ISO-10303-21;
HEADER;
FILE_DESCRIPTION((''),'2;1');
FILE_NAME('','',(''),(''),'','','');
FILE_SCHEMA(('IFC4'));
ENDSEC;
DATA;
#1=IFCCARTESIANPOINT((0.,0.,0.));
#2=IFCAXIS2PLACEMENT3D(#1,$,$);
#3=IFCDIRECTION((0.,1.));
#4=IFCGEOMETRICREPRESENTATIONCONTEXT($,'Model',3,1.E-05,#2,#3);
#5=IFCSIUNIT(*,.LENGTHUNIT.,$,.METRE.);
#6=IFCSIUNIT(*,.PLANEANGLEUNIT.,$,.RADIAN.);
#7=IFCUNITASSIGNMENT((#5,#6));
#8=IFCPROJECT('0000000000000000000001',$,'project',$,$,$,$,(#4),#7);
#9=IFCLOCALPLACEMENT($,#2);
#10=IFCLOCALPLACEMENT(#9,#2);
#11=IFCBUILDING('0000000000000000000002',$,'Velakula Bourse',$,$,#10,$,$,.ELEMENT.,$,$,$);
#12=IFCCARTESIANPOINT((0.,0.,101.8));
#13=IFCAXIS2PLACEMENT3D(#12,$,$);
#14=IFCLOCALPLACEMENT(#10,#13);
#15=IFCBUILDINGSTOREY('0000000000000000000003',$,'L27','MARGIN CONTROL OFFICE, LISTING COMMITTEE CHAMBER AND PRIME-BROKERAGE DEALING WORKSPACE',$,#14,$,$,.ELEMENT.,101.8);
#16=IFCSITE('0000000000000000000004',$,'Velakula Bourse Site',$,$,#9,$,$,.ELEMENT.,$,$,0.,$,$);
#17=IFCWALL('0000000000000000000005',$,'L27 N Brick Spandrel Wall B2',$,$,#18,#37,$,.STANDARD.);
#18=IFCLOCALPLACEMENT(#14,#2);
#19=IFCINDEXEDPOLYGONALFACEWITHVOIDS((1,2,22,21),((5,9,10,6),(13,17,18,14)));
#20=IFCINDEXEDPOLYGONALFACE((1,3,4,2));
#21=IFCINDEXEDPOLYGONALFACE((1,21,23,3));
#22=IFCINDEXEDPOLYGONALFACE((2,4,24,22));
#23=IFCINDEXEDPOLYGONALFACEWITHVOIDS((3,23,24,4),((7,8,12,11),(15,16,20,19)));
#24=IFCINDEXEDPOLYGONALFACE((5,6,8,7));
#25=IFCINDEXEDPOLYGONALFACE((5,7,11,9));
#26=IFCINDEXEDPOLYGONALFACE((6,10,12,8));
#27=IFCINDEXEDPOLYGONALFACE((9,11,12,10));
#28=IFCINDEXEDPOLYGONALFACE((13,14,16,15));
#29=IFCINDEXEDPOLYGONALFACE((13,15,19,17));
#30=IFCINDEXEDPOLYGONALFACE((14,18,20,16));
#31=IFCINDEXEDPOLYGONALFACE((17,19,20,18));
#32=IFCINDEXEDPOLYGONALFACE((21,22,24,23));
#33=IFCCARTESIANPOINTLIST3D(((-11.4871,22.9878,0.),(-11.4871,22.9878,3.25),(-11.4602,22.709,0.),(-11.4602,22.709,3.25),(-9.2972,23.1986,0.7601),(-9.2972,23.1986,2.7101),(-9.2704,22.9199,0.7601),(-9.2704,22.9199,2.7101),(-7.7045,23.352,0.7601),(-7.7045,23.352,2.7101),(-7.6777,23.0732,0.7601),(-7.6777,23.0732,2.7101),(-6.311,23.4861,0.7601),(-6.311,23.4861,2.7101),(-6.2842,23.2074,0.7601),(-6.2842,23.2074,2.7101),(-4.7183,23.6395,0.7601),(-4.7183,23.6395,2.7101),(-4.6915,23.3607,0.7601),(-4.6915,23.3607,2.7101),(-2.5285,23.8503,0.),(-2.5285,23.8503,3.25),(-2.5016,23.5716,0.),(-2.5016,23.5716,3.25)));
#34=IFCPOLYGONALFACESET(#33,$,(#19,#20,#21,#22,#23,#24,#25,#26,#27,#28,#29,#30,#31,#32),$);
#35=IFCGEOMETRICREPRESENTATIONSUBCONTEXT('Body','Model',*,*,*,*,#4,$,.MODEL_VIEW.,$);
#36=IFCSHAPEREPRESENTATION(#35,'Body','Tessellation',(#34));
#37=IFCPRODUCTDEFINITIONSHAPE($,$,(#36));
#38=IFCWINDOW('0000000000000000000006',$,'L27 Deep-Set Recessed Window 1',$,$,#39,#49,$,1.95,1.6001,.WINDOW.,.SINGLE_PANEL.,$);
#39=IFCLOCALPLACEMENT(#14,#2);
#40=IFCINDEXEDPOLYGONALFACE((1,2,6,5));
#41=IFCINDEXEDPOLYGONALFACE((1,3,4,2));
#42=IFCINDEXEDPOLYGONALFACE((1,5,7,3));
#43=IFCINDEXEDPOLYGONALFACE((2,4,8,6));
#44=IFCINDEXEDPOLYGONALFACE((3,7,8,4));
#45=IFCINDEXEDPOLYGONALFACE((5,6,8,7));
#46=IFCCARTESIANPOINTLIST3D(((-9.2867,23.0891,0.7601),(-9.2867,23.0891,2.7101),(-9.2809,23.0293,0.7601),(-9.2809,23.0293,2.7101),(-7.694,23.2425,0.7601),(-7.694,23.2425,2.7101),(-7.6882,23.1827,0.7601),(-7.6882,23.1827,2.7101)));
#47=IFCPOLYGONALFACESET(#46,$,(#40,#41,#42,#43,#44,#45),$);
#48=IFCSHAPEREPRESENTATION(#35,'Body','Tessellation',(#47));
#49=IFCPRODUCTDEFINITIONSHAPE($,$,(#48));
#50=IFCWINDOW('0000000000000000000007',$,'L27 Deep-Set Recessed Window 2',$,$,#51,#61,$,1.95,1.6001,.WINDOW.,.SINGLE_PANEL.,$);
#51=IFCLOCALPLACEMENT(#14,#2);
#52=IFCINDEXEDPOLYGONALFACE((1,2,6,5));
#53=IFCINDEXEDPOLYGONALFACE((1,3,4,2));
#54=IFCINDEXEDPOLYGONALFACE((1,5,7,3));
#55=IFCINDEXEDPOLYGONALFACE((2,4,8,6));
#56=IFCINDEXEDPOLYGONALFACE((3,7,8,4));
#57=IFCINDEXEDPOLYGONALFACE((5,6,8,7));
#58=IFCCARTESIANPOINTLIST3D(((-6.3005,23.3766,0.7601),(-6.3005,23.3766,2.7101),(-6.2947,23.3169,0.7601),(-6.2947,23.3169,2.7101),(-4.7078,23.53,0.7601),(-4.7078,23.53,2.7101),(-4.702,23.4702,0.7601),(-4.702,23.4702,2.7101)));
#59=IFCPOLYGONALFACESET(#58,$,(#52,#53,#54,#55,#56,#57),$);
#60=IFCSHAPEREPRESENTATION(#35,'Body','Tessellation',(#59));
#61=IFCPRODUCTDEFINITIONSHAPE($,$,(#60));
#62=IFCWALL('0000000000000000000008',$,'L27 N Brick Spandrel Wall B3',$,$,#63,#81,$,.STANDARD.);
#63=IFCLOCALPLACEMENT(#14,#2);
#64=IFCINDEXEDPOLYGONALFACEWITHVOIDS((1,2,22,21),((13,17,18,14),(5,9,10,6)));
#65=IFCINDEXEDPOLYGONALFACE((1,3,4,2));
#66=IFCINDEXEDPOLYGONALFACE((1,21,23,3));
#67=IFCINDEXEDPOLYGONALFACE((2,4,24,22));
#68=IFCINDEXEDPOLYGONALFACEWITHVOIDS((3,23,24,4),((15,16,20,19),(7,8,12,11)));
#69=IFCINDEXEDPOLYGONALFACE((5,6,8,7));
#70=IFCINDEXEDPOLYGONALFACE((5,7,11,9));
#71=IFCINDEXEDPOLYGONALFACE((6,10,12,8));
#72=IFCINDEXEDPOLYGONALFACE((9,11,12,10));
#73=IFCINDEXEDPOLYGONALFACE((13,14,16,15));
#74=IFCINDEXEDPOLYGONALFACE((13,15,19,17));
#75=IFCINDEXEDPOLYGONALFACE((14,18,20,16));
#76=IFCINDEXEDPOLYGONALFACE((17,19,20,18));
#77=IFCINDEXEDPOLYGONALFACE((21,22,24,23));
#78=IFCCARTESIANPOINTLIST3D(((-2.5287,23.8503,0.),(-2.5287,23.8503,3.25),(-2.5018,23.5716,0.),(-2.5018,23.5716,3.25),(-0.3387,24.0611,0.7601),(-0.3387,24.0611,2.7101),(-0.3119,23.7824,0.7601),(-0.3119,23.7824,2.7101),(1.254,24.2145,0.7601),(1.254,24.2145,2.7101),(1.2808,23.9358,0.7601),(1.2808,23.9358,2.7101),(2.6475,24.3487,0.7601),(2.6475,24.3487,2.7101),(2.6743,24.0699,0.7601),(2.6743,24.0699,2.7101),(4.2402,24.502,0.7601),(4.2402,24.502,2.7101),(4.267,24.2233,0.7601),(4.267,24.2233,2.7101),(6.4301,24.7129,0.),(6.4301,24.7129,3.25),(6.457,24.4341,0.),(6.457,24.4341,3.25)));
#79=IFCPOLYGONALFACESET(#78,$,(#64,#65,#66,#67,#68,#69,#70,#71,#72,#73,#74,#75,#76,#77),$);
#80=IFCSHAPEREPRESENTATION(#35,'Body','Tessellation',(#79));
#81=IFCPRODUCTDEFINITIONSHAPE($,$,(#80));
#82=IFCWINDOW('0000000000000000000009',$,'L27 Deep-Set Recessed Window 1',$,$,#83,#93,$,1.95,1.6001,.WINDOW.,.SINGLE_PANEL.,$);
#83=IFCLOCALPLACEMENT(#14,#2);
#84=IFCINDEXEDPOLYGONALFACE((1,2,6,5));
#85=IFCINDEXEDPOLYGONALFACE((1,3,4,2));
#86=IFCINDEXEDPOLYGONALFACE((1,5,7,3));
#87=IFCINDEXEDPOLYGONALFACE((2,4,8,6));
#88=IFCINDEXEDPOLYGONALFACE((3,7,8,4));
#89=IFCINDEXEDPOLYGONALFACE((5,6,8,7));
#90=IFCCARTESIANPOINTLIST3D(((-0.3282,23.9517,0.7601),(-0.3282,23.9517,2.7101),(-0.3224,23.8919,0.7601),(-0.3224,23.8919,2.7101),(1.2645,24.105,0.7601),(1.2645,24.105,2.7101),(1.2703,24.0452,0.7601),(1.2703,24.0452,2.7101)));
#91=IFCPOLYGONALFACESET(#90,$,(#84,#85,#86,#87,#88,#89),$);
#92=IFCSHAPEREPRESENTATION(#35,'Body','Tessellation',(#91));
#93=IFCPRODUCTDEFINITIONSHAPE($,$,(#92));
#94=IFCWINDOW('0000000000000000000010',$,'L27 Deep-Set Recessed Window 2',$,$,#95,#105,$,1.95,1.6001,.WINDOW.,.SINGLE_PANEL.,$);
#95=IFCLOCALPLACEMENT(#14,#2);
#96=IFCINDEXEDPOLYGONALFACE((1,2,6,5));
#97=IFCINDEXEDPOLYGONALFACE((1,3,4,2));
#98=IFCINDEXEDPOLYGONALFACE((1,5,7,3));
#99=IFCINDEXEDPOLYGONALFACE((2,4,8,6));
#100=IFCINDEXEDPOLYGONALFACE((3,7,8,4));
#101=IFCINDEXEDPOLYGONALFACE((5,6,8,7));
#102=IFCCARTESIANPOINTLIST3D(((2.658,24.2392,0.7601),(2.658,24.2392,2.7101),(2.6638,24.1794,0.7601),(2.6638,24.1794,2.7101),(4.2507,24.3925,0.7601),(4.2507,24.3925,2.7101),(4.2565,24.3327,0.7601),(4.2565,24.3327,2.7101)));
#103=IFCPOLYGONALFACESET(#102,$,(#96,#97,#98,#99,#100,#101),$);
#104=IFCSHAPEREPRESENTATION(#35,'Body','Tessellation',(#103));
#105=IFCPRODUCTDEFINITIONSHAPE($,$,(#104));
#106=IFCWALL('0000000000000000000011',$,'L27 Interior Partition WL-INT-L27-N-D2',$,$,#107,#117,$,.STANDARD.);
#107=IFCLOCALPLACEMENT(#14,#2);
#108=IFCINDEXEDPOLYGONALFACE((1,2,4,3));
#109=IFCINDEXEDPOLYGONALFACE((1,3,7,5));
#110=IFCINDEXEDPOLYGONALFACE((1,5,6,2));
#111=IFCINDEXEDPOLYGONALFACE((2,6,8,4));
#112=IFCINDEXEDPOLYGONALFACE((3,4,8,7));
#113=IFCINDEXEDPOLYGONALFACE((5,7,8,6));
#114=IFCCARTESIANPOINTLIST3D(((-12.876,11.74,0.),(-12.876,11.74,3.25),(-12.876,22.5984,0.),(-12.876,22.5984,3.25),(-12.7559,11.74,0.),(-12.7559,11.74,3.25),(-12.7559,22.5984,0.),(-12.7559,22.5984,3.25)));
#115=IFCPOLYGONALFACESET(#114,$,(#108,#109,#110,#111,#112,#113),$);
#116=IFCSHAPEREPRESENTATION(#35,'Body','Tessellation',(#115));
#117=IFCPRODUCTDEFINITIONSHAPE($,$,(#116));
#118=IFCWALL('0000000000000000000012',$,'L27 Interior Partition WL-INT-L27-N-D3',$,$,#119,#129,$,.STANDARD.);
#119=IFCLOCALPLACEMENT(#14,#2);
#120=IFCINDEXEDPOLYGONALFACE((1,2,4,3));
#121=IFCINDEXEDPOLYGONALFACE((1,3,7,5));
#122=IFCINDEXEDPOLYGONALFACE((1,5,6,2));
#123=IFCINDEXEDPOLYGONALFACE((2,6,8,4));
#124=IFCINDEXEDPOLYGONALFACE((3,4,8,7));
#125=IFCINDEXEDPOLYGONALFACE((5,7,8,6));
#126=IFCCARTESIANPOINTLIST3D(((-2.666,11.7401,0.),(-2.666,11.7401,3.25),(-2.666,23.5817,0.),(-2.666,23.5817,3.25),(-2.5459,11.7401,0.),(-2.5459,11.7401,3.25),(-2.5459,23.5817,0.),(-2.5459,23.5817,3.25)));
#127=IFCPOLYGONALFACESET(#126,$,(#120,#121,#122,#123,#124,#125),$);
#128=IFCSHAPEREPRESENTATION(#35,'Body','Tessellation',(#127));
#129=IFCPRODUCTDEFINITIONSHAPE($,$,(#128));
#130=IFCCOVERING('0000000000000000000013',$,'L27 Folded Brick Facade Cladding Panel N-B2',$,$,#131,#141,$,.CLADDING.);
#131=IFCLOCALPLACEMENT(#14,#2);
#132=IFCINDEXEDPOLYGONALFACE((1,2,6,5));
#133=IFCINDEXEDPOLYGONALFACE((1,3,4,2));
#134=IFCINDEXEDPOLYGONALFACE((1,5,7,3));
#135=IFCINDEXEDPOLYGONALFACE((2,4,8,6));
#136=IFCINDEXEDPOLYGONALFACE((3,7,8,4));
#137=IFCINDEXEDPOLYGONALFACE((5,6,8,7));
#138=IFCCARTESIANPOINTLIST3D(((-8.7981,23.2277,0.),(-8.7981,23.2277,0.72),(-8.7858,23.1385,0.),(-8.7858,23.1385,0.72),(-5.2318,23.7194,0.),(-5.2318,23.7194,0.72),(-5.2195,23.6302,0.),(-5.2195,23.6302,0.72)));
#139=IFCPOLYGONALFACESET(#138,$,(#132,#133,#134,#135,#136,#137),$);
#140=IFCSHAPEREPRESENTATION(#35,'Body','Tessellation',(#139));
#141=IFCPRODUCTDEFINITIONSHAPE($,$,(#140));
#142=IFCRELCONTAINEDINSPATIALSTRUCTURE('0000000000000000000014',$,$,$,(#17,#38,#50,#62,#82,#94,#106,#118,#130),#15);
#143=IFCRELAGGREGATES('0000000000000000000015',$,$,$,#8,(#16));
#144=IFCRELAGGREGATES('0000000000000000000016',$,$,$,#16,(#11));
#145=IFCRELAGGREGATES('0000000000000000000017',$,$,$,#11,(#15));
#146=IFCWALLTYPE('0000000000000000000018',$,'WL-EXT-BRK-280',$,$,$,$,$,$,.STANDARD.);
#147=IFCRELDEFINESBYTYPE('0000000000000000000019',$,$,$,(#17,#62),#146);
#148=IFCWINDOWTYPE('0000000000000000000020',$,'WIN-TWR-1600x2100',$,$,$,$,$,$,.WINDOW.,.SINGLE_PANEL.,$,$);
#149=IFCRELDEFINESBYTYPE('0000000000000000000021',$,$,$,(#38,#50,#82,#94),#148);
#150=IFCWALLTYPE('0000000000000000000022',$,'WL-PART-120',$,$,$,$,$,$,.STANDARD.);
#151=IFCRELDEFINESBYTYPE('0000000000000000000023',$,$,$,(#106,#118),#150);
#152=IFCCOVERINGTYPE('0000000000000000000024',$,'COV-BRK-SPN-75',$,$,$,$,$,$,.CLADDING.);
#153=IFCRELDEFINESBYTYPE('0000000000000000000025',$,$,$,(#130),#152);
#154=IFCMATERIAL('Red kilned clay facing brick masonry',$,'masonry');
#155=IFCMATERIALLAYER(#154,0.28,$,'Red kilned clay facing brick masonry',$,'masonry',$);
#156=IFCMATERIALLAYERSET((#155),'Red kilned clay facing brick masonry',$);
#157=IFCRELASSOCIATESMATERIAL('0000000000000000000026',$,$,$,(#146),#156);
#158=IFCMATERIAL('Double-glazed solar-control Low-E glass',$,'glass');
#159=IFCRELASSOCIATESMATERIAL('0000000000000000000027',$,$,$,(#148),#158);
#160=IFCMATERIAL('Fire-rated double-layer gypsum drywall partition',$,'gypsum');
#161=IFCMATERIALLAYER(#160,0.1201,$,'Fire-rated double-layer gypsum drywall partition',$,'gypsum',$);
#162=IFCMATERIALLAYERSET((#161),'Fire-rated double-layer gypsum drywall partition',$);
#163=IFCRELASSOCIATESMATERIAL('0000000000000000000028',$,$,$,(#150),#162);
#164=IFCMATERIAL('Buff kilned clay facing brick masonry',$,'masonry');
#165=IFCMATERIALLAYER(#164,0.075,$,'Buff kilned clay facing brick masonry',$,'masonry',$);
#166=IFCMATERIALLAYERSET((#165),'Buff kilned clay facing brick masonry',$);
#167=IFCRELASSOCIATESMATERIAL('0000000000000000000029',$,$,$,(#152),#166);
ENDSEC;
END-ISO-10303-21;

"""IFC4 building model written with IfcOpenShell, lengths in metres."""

from ifc_helpers import new_model, si_unit, direction, frame, frame_2d, origin, origin_2d, place, context, subcontext, project, spatial, rectangle, extrude, material, layer, layer_set, type_object, element, fill, save


model = new_model("IFC4")

# Units and contexts
model_context = context("Model", 3, precision=1e-05, world=origin(), true_north=direction((0.0, 1.0)))
body_context = subcontext(model_context, "Body", "Model", "MODEL_VIEW")
ifc_project = project(units=[si_unit("LENGTHUNIT", "METRE"), si_unit("PLANEANGLEUNIT", "RADIAN")], contexts=[model_context])

# Site, building, storey
site_placement = place(None, origin())
site = spatial("IfcSite", under=ifc_project, at=site_placement, Name="Velakula Bourse Site", CompositionType="ELEMENT", RefElevation=0.0)
building_placement = place(site_placement, origin())
building = spatial("IfcBuilding", under=site, at=building_placement, Name="Velakula Bourse", CompositionType="ELEMENT")
storey_placement = place(building_placement, frame((0.0, 0.0, 101.8)))
storey = spatial("IfcBuildingStorey", under=building, at=storey_placement, Name="L27", Description="MARGIN CONTROL OFFICE, LISTING COMMITTEE CHAMBER AND PRIME-BROKERAGE DEALING WORKSPACE", CompositionType="ELEMENT", Elevation=101.8)

# Walls, openings, windows
ifc_material_1 = material(Name="Red kilned clay facing brick masonry", Category="masonry")
ifc_layer_1 = layer(ifc_material_1, 0.28, Name="Red kilned clay facing brick masonry", Category="masonry")
ifc_layer_set_1 = layer_set([ifc_layer_1], Name="Red kilned clay facing brick masonry")
wall_type_1 = type_object("IfcWallType", Name="WL-EXT-BRK-280", PredefinedType="STANDARD", material=ifc_layer_set_1)
wall_1_placement = place(storey_placement, frame((-11.4736, 22.8484, 0.0), z_axis=(0.0, 0.0, 1.0), x_axis=(0.995397, 0.09584, 0.0)))
wall_1 = element("IfcWall", 1, at=wall_1_placement, inside=storey, type_object=wall_type_1, Name="L27 N Brick Spandrel Wall B2", PredefinedType="STANDARD", context=body_context, shape_type="SweptSolid", body=[
    extrude(rectangle(XDim=9.0, YDim=0.28, at=frame_2d((4.5, 0.0))), origin(), (0.0, 0.0, 1.0), 3.25),
])
opening_1_placement = place(wall_1_placement, frame((2.2, 0.0, 0.76)))
opening_1 = element("IfcOpeningElement", 2, at=opening_1_placement, cuts=wall_1, PredefinedType="OPENING", context=body_context, shape_type="SweptSolid", body=[
    extrude(rectangle(XDim=1.6001, YDim=1.95, at=frame_2d((0.8, 0.9751))), frame((0.0, 0.1499, 0.0), z_axis=(0.0, -1.0, 0.0), x_axis=(1.0, 0.0, 0.0)), (0.0, 0.0, 1.0), 0.3),
])
opening_2_placement = place(wall_1_placement, frame((5.2, 0.0, 0.76)))
opening_2 = element("IfcOpeningElement", 3, at=opening_2_placement, cuts=wall_1, PredefinedType="OPENING", context=body_context, shape_type="SweptSolid", body=[
    extrude(rectangle(XDim=1.6001, YDim=1.95, at=frame_2d((0.8, 0.9751))), frame((0.0, 0.1499, 0.0), z_axis=(0.0, -1.0, 0.0), x_axis=(1.0, 0.0, 0.0)), (0.0, 0.0, 1.0), 0.3),
])
ifc_material_2 = material(Name="Double-glazed solar-control Low-E glass", Category="glass")
window_type = type_object("IfcWindowType", Name="WIN-TWR-1600x2100", PartitioningType="SINGLE_PANEL", PredefinedType="WINDOW", material=ifc_material_2)
window_1_placement = place(opening_1_placement, origin())
window_1 = element("IfcWindow", 4, at=window_1_placement, inside=storey, type_object=window_type, Name="L27 Deep-Set Recessed Window 1", OverallHeight=1.95, OverallWidth=1.6001, PartitioningType="SINGLE_PANEL", PredefinedType="WINDOW", context=body_context, shape_type="SweptSolid", body=[
    extrude(rectangle(XDim=1.6001, YDim=1.95, at=frame_2d((0.8, 0.9751))), frame((0.0, 0.03, 0.0), z_axis=(0.0, -1.0, 0.0), x_axis=(1.0, 0.0, 0.0)), (0.0, 0.0, 1.0), 0.0601),
])
fill(opening_1, window_1)
window_2_placement = place(opening_2_placement, origin())
window_2 = element("IfcWindow", 5, at=window_2_placement, inside=storey, type_object=window_type, Name="L27 Deep-Set Recessed Window 2", OverallHeight=1.95, OverallWidth=1.6001, PartitioningType="SINGLE_PANEL", PredefinedType="WINDOW", context=body_context, shape_type="SweptSolid", body=[
    extrude(rectangle(XDim=1.6001, YDim=1.95, at=frame_2d((0.8, 0.9751))), frame((0.0, 0.03, 0.0), z_axis=(0.0, -1.0, 0.0), x_axis=(1.0, 0.0, 0.0)), (0.0, 0.0, 1.0), 0.0601),
])
fill(opening_2, window_2)
wall_2_placement = place(storey_placement, frame((-2.5151, 23.7109, 0.0), z_axis=(0.0, 0.0, 1.0), x_axis=(0.995397, 0.095837, 0.0)))
wall_2 = element("IfcWall", 6, at=wall_2_placement, inside=storey, type_object=wall_type_1, Name="L27 N Brick Spandrel Wall B3", PredefinedType="STANDARD", context=body_context, shape_type="SweptSolid", body=[
    extrude(rectangle(XDim=9.0002, YDim=0.28, at=frame_2d((4.5, 0.0))), origin(), (0.0, 0.0, 1.0), 3.25),
])
opening_3_placement = place(wall_2_placement, frame((2.2, 0.0, 0.76)))
opening_3 = element("IfcOpeningElement", 7, at=opening_3_placement, cuts=wall_2, PredefinedType="OPENING", context=body_context, shape_type="SweptSolid", body=[
    extrude(rectangle(XDim=1.6001, YDim=1.95, at=frame_2d((0.8, 0.9751))), frame((0.0, 0.1499, 0.0), z_axis=(0.0, -1.0, 0.0), x_axis=(1.0, 0.0, 0.0)), (0.0, 0.0, 1.0), 0.3),
])
opening_4_placement = place(wall_2_placement, frame((5.2, 0.0, 0.76)))
opening_4 = element("IfcOpeningElement", 8, at=opening_4_placement, cuts=wall_2, PredefinedType="OPENING", context=body_context, shape_type="SweptSolid", body=[
    extrude(rectangle(XDim=1.6001, YDim=1.95, at=frame_2d((0.8, 0.9751))), frame((0.0, 0.1499, 0.0), z_axis=(0.0, -1.0, 0.0), x_axis=(1.0, 0.0, 0.0)), (0.0, 0.0, 1.0), 0.3),
])
window_3_placement = place(opening_3_placement, origin())
window_3 = element("IfcWindow", 9, at=window_3_placement, inside=storey, type_object=window_type, Name="L27 Deep-Set Recessed Window 1", OverallHeight=1.95, OverallWidth=1.6001, PartitioningType="SINGLE_PANEL", PredefinedType="WINDOW", context=body_context, shape_type="SweptSolid", body=[
    extrude(rectangle(XDim=1.6001, YDim=1.95, at=frame_2d((0.8, 0.9751))), frame((0.0, 0.03, 0.0), z_axis=(0.0, -1.0, 0.0), x_axis=(1.0, 0.0, 0.0)), (0.0, 0.0, 1.0), 0.0601),
])
fill(opening_3, window_3)
window_4_placement = place(opening_4_placement, origin())
window_4 = element("IfcWindow", 10, at=window_4_placement, inside=storey, type_object=window_type, Name="L27 Deep-Set Recessed Window 2", OverallHeight=1.95, OverallWidth=1.6001, PartitioningType="SINGLE_PANEL", PredefinedType="WINDOW", context=body_context, shape_type="SweptSolid", body=[
    extrude(rectangle(XDim=1.6001, YDim=1.95, at=frame_2d((0.8, 0.9751))), frame((0.0, 0.03, 0.0), z_axis=(0.0, -1.0, 0.0), x_axis=(1.0, 0.0, 0.0)), (0.0, 0.0, 1.0), 0.0601),
])
fill(opening_4, window_4)

# Walls
ifc_material_3 = material(Name="Fire-rated double-layer gypsum drywall partition", Category="gypsum")
ifc_layer_2 = layer(ifc_material_3, 0.1201, Name="Fire-rated double-layer gypsum drywall partition", Category="gypsum")
ifc_layer_set_2 = layer_set([ifc_layer_2], Name="Fire-rated double-layer gypsum drywall partition")
wall_type_2 = type_object("IfcWallType", Name="WL-PART-120", PredefinedType="STANDARD", material=ifc_layer_set_2)
wall_3_placement = place(storey_placement, frame((-12.8159, 11.74, 0.0), z_axis=(0.0, 0.0, 1.0), x_axis=(0.0, 1.0, 0.0)))
element("IfcWall", 11, at=wall_3_placement, inside=storey, type_object=wall_type_2, Name="L27 Interior Partition WL-INT-L27-N-D2", PredefinedType="STANDARD", context=body_context, shape_type="SweptSolid", body=[
    extrude(rectangle(XDim=10.8584, YDim=0.1201, at=frame_2d((5.4292, 0.0))), origin(), (0.0, 0.0, 1.0), 3.25),
])
wall_4_placement = place(storey_placement, frame((-2.606, 11.74, 0.0), z_axis=(0.0, 0.0, 1.0), x_axis=(0.0, 1.0, 0.0)))
element("IfcWall", 12, at=wall_4_placement, inside=storey, type_object=wall_type_2, Name="L27 Interior Partition WL-INT-L27-N-D3", PredefinedType="STANDARD", context=body_context, shape_type="SweptSolid", body=[
    extrude(rectangle(XDim=11.8416, YDim=0.1201, at=frame_2d((5.9209, 0.0))), origin(), (0.0, 0.0, 1.0), 3.25),
])

# Covering
ifc_material_4 = material(Name="Buff kilned clay facing brick masonry", Category="masonry")
ifc_layer_3 = layer(ifc_material_4, 0.075, Name="Buff kilned clay facing brick masonry", Category="masonry")
ifc_layer_set_3 = layer_set([ifc_layer_3], Name="Buff kilned clay facing brick masonry")
covering_type = type_object("IfcCoveringType", Name="COV-BRK-SPN-75", PredefinedType="CLADDING", material=ifc_layer_set_3)
covering_placement = place(storey_placement, frame((-7.0088, 23.429, 0.0), z_axis=(0.0, 0.0, 1.0), x_axis=(0.990629, 0.13658, 0.0)))
element("IfcCovering", 13, at=covering_placement, inside=storey, type_object=covering_type, Name="L27 Folded Brick Facade Cladding Panel N-B2", PredefinedType="CLADDING", context=body_context, shape_type="SweptSolid", body=[
    extrude(rectangle(XDim=3.6001, YDim=0.0901, at=origin_2d()), origin(), (0.0, 0.0, 1.0), 0.72),
])

save(model, "model.ifc")
